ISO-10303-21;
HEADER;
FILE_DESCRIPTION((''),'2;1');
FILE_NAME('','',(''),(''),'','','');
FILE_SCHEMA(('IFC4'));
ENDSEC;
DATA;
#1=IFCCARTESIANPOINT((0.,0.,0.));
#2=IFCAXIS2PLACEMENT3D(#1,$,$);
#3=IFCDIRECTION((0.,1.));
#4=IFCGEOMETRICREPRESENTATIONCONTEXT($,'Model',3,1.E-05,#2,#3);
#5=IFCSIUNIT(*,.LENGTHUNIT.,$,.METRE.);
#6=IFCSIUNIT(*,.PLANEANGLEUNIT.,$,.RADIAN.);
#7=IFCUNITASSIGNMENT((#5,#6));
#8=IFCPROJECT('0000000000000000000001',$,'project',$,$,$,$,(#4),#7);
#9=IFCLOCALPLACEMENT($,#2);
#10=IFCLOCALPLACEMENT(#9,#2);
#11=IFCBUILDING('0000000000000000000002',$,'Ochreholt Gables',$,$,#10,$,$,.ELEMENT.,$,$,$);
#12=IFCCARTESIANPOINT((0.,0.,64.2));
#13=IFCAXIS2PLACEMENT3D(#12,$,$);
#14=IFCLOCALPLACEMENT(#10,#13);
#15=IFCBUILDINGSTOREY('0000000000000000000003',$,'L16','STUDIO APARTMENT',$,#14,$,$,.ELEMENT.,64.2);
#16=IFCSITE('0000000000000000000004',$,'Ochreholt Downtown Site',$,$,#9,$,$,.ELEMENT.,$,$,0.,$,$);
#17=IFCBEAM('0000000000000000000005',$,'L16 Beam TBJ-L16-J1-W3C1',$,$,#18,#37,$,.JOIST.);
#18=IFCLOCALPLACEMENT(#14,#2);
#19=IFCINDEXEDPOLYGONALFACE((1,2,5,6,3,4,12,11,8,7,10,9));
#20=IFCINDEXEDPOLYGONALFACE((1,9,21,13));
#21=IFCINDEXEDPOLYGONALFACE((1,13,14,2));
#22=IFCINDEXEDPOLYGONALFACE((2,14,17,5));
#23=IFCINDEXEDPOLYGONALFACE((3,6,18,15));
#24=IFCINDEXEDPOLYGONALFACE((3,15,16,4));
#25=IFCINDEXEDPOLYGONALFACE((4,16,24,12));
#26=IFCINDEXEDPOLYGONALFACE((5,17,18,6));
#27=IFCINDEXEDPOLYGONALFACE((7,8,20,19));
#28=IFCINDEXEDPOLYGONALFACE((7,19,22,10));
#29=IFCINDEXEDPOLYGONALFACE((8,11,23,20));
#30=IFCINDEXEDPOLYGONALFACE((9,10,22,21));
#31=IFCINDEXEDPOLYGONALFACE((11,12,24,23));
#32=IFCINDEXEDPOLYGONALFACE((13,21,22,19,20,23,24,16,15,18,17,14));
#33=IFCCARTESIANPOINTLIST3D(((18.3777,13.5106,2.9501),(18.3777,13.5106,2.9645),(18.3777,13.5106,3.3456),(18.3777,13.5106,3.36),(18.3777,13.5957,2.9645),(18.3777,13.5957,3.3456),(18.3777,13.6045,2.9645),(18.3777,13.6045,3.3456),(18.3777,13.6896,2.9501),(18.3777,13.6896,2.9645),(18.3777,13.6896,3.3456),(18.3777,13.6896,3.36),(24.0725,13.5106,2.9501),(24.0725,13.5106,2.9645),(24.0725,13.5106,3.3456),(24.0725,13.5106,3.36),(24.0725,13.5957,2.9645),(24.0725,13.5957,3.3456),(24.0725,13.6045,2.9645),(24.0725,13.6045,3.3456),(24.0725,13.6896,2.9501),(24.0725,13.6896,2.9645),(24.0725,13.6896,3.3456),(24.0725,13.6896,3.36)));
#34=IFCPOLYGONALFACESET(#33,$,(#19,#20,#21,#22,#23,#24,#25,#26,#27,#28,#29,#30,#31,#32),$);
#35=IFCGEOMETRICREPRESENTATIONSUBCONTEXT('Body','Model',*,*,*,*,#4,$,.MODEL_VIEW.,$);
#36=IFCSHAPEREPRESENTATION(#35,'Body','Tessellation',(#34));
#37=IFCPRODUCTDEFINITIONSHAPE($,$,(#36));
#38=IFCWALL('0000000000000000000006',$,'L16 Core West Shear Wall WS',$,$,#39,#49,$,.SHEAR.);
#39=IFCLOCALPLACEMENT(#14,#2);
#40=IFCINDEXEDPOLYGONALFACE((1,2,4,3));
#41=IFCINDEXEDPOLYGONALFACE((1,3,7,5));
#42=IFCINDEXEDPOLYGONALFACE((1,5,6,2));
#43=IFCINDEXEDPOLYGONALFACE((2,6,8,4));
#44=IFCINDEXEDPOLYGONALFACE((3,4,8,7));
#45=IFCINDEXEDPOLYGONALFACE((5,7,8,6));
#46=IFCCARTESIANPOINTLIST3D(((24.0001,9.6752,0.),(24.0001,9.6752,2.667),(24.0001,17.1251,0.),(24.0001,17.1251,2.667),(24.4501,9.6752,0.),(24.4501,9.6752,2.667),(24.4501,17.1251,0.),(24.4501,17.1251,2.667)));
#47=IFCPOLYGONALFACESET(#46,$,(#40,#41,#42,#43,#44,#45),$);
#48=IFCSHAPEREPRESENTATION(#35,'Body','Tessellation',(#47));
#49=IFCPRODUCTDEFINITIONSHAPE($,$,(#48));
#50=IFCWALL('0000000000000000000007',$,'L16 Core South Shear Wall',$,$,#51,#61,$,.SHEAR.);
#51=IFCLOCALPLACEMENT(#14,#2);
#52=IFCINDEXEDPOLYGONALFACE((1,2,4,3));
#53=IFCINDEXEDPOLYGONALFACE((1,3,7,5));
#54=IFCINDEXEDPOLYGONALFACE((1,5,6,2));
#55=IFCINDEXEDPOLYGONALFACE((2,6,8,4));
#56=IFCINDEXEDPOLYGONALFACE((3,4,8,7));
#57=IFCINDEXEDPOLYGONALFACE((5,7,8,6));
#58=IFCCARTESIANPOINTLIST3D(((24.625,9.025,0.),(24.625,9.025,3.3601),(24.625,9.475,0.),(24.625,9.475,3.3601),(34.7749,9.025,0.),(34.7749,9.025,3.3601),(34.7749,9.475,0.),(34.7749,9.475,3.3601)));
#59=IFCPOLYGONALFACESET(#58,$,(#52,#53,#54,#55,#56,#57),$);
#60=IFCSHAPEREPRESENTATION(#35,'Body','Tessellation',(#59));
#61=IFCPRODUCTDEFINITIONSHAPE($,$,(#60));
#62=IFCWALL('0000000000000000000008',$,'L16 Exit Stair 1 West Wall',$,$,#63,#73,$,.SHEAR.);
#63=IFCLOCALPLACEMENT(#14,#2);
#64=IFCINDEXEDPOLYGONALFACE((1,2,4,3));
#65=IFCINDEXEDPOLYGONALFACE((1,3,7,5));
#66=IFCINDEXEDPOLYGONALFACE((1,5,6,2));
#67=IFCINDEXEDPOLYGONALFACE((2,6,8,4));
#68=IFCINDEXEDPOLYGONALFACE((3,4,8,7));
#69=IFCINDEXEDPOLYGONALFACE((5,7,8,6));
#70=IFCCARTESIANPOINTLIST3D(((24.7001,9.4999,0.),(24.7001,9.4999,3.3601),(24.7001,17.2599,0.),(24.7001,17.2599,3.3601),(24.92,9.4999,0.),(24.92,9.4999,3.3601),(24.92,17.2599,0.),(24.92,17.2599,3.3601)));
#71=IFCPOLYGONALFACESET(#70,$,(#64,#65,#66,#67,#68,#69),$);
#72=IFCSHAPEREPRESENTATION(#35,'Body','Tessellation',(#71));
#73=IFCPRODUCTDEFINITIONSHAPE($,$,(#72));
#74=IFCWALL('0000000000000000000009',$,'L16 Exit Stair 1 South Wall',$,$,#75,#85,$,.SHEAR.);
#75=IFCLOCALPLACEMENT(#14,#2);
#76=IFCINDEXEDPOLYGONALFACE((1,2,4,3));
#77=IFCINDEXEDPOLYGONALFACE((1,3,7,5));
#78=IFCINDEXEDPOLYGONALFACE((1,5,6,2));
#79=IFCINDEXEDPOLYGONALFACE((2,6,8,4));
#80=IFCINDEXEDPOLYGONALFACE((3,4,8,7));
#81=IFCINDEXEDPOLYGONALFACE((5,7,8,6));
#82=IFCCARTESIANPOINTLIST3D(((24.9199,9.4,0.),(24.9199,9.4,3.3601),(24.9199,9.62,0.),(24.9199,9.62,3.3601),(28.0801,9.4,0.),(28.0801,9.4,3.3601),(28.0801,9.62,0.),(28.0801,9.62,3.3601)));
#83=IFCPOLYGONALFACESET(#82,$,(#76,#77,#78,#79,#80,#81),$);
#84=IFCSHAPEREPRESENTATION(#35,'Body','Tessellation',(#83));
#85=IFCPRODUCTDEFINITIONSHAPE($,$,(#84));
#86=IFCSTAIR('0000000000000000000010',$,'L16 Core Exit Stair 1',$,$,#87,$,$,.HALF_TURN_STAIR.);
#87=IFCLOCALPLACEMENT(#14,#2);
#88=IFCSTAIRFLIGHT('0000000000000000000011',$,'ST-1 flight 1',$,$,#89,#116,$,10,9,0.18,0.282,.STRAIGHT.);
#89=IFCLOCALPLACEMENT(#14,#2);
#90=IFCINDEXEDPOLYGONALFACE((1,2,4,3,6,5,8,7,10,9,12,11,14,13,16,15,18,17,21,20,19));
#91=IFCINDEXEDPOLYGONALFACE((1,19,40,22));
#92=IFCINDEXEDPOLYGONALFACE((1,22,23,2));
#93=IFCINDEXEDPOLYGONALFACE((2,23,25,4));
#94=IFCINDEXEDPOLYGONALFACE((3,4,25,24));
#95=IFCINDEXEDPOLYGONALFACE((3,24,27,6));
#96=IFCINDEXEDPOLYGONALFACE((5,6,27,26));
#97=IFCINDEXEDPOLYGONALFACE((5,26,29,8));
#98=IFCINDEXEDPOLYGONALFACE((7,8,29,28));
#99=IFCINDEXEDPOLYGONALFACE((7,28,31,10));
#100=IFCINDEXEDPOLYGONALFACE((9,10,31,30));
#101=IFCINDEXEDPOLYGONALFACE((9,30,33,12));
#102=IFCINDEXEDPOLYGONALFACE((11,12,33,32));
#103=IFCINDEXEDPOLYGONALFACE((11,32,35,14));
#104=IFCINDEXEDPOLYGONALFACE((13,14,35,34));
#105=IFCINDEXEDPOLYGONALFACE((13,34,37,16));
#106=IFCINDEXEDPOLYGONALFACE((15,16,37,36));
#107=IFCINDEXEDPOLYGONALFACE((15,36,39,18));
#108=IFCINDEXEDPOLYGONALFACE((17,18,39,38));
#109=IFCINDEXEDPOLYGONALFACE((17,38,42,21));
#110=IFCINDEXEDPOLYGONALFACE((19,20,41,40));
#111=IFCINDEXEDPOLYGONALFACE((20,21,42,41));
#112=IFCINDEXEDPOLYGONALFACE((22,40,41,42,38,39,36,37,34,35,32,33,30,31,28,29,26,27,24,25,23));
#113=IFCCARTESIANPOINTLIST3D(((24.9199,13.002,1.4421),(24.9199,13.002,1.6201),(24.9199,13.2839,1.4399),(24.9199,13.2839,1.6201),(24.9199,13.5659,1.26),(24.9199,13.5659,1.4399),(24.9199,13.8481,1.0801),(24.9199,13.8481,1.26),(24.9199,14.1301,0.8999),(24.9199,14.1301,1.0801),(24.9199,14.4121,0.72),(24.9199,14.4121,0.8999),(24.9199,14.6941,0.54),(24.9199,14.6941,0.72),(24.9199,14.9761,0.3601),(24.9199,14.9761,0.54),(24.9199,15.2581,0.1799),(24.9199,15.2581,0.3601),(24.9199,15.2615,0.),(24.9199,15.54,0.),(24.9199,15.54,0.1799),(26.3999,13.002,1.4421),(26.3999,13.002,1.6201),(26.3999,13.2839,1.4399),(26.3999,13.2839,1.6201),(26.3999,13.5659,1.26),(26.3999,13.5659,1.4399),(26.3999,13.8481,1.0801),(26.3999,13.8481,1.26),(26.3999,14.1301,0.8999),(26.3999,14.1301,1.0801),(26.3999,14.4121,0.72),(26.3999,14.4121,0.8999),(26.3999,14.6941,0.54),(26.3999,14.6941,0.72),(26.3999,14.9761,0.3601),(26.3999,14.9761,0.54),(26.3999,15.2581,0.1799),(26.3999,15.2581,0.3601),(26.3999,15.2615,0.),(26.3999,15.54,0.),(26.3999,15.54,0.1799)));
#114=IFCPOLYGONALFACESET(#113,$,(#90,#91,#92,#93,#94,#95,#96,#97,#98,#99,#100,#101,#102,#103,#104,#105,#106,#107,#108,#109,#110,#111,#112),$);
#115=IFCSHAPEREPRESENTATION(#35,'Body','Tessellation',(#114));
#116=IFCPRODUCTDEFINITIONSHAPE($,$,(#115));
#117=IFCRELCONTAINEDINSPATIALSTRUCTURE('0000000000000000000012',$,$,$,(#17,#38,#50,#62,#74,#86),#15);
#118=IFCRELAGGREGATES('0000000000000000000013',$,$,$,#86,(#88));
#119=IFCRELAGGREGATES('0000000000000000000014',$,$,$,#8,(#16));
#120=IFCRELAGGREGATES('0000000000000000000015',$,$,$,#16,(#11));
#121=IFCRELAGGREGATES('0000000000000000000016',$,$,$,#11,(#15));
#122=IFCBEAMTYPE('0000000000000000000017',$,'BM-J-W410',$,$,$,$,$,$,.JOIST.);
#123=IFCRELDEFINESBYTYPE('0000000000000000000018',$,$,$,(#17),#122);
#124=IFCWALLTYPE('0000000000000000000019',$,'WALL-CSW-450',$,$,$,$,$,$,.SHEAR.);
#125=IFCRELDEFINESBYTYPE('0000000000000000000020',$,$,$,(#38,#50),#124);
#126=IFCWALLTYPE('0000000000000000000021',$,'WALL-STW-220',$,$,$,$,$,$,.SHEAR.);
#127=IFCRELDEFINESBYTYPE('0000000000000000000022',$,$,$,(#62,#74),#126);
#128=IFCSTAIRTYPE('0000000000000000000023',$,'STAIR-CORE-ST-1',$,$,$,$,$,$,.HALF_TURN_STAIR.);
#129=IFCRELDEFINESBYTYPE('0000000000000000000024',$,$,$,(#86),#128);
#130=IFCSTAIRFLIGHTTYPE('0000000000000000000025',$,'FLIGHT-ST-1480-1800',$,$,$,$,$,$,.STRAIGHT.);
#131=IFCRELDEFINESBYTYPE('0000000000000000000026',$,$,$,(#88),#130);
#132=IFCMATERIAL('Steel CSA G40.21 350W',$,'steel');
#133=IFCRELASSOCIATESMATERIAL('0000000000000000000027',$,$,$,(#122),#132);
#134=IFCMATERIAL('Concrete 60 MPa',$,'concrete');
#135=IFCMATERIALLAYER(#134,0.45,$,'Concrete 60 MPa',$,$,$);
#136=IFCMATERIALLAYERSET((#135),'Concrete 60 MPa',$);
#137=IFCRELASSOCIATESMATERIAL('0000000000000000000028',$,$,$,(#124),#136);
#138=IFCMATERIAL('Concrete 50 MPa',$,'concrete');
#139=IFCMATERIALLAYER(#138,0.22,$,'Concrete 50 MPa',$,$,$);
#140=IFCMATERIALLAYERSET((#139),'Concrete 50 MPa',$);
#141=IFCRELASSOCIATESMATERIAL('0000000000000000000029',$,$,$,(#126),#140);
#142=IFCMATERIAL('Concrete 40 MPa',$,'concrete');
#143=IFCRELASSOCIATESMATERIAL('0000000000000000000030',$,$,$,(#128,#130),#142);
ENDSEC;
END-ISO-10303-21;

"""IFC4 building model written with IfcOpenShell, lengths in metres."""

from ifc_helpers import new_model, si_unit, direction, frame, frame_2d, origin, origin_2d, place, context, subcontext, project, spatial, polyline, rectangle, i_section, outline, extrude, material, layer, layer_set, material_profile, profile_set, type_object, element, aggregate, save


model = new_model("IFC4")

# Units and contexts
model_context = context("Model", 3, precision=1e-05, world=origin(), true_north=direction((0.0, 1.0)))
body_context = subcontext(model_context, "Body", "Model", "MODEL_VIEW")
ifc_project = project(units=[si_unit("LENGTHUNIT", "METRE"), si_unit("PLANEANGLEUNIT", "RADIAN")], contexts=[model_context])

# Site, building, storey
site_placement = place(None, origin())
site = spatial("IfcSite", under=ifc_project, at=site_placement, Name="Ochreholt Downtown Site", CompositionType="ELEMENT", RefElevation=0.0)
building_placement = place(site_placement, origin())
building = spatial("IfcBuilding", under=site, at=building_placement, Name="Ochreholt Gables", CompositionType="ELEMENT")
storey_placement = place(building_placement, frame((0.0, 0.0, 64.2)))
storey = spatial("IfcBuildingStorey", under=building, at=storey_placement, Name="L16", Description="STUDIO APARTMENT", CompositionType="ELEMENT", Elevation=64.2)

# Shared definitions
ifc_material_1 = material(Name="Concrete 60 MPa", Category="concrete")

# Beam
ifc_material_2 = material(Name="Steel CSA G40.21 350W", Category="steel")
ifc_material_profile_1 = material_profile(ifc_material_2, i_section(OverallWidth=0.179, OverallDepth=0.4099, WebThickness=0.0088, FlangeThickness=0.0144, at=origin_2d()), Name="W410X67")
ifc_profile_set_1 = profile_set([ifc_material_profile_1], Name="Steel CSA G40.21 350W")
beam_type_1 = type_object("IfcBeamType", Name="BM-J-W410", PredefinedType="JOIST", material=ifc_profile_set_1)
beam_1_placement = place(storey_placement, frame((18.3777, 13.6001, 3.155), z_axis=(1.0, 0.0, 0.0), x_axis=(0.0, 1.0, 0.0)))
element("IfcBeam", 1, at=beam_1_placement, inside=storey, type_object=beam_type_1, Name="L16 Beam TBJ-L16-J1-W3C1", PredefinedType="JOIST", context=body_context, shape_type="SweptSolid", body=[
    extrude(i_section(OverallWidth=0.179, OverallDepth=0.4099, WebThickness=0.0088, FlangeThickness=0.0144, at=origin_2d()), origin(), (0.0, 0.0, 1.0), 5.6948),
])

# Walls
ifc_layer_1 = layer(ifc_material_1, 0.45, Name="Concrete 60 MPa")
ifc_layer_set_1 = layer_set([ifc_layer_1], Name="Concrete 60 MPa")
wall_type_1 = type_object("IfcWallType", Name="WALL-CSW-450", PredefinedType="SHEAR", material=ifc_layer_set_1)
wall_1_placement = place(storey_placement, frame((24.2251, 9.675, 0.0), z_axis=(0.0, 0.0, 1.0), x_axis=(0.0, 1.0, 0.0)))
element("IfcWall", 2, at=wall_1_placement, inside=storey, type_object=wall_type_1, Name="L16 Core West Shear Wall WS", PredefinedType="SHEAR", context=body_context, shape_type="SweptSolid", body=[
    extrude(rectangle(XDim=7.45, YDim=0.45, at=frame_2d((3.7251, 0.0))), origin(), (0.0, 0.0, 1.0), 2.667),
])
wall_2_placement = place(storey_placement, frame((24.625, 9.25, 0.0), z_axis=(0.0, 0.0, 1.0), x_axis=(1.0, 0.0, 0.0)))
element("IfcWall", 3, at=wall_2_placement, inside=storey, type_object=wall_type_1, Name="L16 Core South Shear Wall", PredefinedType="SHEAR", context=body_context, shape_type="SweptSolid", body=[
    extrude(rectangle(XDim=10.1499, YDim=0.45, at=frame_2d((5.075, 0.0))), origin(), (0.0, 0.0, 1.0), 3.3601),
])
ifc_material_3 = material(Name="Concrete 50 MPa", Category="concrete")
ifc_layer_2 = layer(ifc_material_3, 0.22, Name="Concrete 50 MPa")
ifc_layer_set_2 = layer_set([ifc_layer_2], Name="Concrete 50 MPa")
wall_type_2 = type_object("IfcWallType", Name="WALL-STW-220", PredefinedType="SHEAR", material=ifc_layer_set_2)
wall_3_placement = place(storey_placement, frame((24.8101, 9.5, 0.0), z_axis=(0.0, 0.0, 1.0), x_axis=(0.0, 1.0, 0.0)))
element("IfcWall", 4, at=wall_3_placement, inside=storey, type_object=wall_type_2, Name="L16 Exit Stair 1 West Wall", PredefinedType="SHEAR", context=body_context, shape_type="SweptSolid", body=[
    extrude(rectangle(XDim=7.76, YDim=0.22, at=frame_2d((3.8799, 0.0))), origin(), (0.0, 0.0, 1.0), 3.3601),
])
wall_4_placement = place(storey_placement, frame((24.9199, 9.51, 0.0), z_axis=(0.0, 0.0, 1.0), x_axis=(1.0, 0.0, 0.0)))
element("IfcWall", 5, at=wall_4_placement, inside=storey, type_object=wall_type_2, Name="L16 Exit Stair 1 South Wall", PredefinedType="SHEAR", context=body_context, shape_type="SweptSolid", body=[
    extrude(rectangle(XDim=3.1602, YDim=0.22, at=frame_2d((1.5801, 0.0))), origin(), (0.0, 0.0, 1.0), 3.3601),
])

# Stair, stair flight
ifc_material_4 = material(Name="Concrete 40 MPa", Category="concrete")
stair_type = type_object("IfcStairType", Name="STAIR-CORE-ST-1", PredefinedType="HALF_TURN_STAIR", material=ifc_material_4)
stair_placement = place(storey_placement, origin())
stair = element("IfcStair", 6, at=stair_placement, inside=storey, type_object=stair_type, Name="L16 Core Exit Stair 1", PredefinedType="HALF_TURN_STAIR")
stair_flight_type = type_object("IfcStairFlightType", Name="FLIGHT-ST-1480-1800", PredefinedType="STRAIGHT", material=ifc_material_4)
stair_flight_placement = place(storey_placement, frame((25.6599, 15.54, 0.0), z_axis=(0.0, 0.0, 1.0), x_axis=(0.0, -1.0, 0.0)))
stair_flight = element("IfcStairFlight", 7, at=stair_flight_placement, type_object=stair_flight_type, Name="ST-1 flight 1", NumberOfRisers=10, NumberOfTreads=9, PredefinedType="STRAIGHT", RiserHeight=0.18, TreadLength=0.282, context=body_context, shape_type="SweptSolid", body=[
    extrude(outline(polyline([(0.0, 0.0), (0.0, 0.1799), (0.282, 0.1799), (0.282, 0.3601), (0.564, 0.3601), (0.564, 0.54), (0.8459, 0.54), (0.8459, 0.72), (1.1279, 0.72), (1.1279, 0.8999), (1.4099, 0.8999), (1.4099, 1.0801), (1.6919, 1.0801), (1.6919, 1.26), (1.9741, 1.26), (1.9741, 1.4399), (2.2561, 1.4399), (2.2561, 1.6201), (2.5381, 1.6201), (2.5381, 1.8), (2.5381, 1.4421), (0.2786, 0.0), (0.0, 0.0)])), frame((0.0, 0.74, 0.0), z_axis=(0.0, -1.0, 0.0), x_axis=(1.0, 0.0, 0.0)), (0.0, 0.0, 1.0), 1.48),
])
aggregate(stair, [stair_flight])

save(model, "model.ifc")
